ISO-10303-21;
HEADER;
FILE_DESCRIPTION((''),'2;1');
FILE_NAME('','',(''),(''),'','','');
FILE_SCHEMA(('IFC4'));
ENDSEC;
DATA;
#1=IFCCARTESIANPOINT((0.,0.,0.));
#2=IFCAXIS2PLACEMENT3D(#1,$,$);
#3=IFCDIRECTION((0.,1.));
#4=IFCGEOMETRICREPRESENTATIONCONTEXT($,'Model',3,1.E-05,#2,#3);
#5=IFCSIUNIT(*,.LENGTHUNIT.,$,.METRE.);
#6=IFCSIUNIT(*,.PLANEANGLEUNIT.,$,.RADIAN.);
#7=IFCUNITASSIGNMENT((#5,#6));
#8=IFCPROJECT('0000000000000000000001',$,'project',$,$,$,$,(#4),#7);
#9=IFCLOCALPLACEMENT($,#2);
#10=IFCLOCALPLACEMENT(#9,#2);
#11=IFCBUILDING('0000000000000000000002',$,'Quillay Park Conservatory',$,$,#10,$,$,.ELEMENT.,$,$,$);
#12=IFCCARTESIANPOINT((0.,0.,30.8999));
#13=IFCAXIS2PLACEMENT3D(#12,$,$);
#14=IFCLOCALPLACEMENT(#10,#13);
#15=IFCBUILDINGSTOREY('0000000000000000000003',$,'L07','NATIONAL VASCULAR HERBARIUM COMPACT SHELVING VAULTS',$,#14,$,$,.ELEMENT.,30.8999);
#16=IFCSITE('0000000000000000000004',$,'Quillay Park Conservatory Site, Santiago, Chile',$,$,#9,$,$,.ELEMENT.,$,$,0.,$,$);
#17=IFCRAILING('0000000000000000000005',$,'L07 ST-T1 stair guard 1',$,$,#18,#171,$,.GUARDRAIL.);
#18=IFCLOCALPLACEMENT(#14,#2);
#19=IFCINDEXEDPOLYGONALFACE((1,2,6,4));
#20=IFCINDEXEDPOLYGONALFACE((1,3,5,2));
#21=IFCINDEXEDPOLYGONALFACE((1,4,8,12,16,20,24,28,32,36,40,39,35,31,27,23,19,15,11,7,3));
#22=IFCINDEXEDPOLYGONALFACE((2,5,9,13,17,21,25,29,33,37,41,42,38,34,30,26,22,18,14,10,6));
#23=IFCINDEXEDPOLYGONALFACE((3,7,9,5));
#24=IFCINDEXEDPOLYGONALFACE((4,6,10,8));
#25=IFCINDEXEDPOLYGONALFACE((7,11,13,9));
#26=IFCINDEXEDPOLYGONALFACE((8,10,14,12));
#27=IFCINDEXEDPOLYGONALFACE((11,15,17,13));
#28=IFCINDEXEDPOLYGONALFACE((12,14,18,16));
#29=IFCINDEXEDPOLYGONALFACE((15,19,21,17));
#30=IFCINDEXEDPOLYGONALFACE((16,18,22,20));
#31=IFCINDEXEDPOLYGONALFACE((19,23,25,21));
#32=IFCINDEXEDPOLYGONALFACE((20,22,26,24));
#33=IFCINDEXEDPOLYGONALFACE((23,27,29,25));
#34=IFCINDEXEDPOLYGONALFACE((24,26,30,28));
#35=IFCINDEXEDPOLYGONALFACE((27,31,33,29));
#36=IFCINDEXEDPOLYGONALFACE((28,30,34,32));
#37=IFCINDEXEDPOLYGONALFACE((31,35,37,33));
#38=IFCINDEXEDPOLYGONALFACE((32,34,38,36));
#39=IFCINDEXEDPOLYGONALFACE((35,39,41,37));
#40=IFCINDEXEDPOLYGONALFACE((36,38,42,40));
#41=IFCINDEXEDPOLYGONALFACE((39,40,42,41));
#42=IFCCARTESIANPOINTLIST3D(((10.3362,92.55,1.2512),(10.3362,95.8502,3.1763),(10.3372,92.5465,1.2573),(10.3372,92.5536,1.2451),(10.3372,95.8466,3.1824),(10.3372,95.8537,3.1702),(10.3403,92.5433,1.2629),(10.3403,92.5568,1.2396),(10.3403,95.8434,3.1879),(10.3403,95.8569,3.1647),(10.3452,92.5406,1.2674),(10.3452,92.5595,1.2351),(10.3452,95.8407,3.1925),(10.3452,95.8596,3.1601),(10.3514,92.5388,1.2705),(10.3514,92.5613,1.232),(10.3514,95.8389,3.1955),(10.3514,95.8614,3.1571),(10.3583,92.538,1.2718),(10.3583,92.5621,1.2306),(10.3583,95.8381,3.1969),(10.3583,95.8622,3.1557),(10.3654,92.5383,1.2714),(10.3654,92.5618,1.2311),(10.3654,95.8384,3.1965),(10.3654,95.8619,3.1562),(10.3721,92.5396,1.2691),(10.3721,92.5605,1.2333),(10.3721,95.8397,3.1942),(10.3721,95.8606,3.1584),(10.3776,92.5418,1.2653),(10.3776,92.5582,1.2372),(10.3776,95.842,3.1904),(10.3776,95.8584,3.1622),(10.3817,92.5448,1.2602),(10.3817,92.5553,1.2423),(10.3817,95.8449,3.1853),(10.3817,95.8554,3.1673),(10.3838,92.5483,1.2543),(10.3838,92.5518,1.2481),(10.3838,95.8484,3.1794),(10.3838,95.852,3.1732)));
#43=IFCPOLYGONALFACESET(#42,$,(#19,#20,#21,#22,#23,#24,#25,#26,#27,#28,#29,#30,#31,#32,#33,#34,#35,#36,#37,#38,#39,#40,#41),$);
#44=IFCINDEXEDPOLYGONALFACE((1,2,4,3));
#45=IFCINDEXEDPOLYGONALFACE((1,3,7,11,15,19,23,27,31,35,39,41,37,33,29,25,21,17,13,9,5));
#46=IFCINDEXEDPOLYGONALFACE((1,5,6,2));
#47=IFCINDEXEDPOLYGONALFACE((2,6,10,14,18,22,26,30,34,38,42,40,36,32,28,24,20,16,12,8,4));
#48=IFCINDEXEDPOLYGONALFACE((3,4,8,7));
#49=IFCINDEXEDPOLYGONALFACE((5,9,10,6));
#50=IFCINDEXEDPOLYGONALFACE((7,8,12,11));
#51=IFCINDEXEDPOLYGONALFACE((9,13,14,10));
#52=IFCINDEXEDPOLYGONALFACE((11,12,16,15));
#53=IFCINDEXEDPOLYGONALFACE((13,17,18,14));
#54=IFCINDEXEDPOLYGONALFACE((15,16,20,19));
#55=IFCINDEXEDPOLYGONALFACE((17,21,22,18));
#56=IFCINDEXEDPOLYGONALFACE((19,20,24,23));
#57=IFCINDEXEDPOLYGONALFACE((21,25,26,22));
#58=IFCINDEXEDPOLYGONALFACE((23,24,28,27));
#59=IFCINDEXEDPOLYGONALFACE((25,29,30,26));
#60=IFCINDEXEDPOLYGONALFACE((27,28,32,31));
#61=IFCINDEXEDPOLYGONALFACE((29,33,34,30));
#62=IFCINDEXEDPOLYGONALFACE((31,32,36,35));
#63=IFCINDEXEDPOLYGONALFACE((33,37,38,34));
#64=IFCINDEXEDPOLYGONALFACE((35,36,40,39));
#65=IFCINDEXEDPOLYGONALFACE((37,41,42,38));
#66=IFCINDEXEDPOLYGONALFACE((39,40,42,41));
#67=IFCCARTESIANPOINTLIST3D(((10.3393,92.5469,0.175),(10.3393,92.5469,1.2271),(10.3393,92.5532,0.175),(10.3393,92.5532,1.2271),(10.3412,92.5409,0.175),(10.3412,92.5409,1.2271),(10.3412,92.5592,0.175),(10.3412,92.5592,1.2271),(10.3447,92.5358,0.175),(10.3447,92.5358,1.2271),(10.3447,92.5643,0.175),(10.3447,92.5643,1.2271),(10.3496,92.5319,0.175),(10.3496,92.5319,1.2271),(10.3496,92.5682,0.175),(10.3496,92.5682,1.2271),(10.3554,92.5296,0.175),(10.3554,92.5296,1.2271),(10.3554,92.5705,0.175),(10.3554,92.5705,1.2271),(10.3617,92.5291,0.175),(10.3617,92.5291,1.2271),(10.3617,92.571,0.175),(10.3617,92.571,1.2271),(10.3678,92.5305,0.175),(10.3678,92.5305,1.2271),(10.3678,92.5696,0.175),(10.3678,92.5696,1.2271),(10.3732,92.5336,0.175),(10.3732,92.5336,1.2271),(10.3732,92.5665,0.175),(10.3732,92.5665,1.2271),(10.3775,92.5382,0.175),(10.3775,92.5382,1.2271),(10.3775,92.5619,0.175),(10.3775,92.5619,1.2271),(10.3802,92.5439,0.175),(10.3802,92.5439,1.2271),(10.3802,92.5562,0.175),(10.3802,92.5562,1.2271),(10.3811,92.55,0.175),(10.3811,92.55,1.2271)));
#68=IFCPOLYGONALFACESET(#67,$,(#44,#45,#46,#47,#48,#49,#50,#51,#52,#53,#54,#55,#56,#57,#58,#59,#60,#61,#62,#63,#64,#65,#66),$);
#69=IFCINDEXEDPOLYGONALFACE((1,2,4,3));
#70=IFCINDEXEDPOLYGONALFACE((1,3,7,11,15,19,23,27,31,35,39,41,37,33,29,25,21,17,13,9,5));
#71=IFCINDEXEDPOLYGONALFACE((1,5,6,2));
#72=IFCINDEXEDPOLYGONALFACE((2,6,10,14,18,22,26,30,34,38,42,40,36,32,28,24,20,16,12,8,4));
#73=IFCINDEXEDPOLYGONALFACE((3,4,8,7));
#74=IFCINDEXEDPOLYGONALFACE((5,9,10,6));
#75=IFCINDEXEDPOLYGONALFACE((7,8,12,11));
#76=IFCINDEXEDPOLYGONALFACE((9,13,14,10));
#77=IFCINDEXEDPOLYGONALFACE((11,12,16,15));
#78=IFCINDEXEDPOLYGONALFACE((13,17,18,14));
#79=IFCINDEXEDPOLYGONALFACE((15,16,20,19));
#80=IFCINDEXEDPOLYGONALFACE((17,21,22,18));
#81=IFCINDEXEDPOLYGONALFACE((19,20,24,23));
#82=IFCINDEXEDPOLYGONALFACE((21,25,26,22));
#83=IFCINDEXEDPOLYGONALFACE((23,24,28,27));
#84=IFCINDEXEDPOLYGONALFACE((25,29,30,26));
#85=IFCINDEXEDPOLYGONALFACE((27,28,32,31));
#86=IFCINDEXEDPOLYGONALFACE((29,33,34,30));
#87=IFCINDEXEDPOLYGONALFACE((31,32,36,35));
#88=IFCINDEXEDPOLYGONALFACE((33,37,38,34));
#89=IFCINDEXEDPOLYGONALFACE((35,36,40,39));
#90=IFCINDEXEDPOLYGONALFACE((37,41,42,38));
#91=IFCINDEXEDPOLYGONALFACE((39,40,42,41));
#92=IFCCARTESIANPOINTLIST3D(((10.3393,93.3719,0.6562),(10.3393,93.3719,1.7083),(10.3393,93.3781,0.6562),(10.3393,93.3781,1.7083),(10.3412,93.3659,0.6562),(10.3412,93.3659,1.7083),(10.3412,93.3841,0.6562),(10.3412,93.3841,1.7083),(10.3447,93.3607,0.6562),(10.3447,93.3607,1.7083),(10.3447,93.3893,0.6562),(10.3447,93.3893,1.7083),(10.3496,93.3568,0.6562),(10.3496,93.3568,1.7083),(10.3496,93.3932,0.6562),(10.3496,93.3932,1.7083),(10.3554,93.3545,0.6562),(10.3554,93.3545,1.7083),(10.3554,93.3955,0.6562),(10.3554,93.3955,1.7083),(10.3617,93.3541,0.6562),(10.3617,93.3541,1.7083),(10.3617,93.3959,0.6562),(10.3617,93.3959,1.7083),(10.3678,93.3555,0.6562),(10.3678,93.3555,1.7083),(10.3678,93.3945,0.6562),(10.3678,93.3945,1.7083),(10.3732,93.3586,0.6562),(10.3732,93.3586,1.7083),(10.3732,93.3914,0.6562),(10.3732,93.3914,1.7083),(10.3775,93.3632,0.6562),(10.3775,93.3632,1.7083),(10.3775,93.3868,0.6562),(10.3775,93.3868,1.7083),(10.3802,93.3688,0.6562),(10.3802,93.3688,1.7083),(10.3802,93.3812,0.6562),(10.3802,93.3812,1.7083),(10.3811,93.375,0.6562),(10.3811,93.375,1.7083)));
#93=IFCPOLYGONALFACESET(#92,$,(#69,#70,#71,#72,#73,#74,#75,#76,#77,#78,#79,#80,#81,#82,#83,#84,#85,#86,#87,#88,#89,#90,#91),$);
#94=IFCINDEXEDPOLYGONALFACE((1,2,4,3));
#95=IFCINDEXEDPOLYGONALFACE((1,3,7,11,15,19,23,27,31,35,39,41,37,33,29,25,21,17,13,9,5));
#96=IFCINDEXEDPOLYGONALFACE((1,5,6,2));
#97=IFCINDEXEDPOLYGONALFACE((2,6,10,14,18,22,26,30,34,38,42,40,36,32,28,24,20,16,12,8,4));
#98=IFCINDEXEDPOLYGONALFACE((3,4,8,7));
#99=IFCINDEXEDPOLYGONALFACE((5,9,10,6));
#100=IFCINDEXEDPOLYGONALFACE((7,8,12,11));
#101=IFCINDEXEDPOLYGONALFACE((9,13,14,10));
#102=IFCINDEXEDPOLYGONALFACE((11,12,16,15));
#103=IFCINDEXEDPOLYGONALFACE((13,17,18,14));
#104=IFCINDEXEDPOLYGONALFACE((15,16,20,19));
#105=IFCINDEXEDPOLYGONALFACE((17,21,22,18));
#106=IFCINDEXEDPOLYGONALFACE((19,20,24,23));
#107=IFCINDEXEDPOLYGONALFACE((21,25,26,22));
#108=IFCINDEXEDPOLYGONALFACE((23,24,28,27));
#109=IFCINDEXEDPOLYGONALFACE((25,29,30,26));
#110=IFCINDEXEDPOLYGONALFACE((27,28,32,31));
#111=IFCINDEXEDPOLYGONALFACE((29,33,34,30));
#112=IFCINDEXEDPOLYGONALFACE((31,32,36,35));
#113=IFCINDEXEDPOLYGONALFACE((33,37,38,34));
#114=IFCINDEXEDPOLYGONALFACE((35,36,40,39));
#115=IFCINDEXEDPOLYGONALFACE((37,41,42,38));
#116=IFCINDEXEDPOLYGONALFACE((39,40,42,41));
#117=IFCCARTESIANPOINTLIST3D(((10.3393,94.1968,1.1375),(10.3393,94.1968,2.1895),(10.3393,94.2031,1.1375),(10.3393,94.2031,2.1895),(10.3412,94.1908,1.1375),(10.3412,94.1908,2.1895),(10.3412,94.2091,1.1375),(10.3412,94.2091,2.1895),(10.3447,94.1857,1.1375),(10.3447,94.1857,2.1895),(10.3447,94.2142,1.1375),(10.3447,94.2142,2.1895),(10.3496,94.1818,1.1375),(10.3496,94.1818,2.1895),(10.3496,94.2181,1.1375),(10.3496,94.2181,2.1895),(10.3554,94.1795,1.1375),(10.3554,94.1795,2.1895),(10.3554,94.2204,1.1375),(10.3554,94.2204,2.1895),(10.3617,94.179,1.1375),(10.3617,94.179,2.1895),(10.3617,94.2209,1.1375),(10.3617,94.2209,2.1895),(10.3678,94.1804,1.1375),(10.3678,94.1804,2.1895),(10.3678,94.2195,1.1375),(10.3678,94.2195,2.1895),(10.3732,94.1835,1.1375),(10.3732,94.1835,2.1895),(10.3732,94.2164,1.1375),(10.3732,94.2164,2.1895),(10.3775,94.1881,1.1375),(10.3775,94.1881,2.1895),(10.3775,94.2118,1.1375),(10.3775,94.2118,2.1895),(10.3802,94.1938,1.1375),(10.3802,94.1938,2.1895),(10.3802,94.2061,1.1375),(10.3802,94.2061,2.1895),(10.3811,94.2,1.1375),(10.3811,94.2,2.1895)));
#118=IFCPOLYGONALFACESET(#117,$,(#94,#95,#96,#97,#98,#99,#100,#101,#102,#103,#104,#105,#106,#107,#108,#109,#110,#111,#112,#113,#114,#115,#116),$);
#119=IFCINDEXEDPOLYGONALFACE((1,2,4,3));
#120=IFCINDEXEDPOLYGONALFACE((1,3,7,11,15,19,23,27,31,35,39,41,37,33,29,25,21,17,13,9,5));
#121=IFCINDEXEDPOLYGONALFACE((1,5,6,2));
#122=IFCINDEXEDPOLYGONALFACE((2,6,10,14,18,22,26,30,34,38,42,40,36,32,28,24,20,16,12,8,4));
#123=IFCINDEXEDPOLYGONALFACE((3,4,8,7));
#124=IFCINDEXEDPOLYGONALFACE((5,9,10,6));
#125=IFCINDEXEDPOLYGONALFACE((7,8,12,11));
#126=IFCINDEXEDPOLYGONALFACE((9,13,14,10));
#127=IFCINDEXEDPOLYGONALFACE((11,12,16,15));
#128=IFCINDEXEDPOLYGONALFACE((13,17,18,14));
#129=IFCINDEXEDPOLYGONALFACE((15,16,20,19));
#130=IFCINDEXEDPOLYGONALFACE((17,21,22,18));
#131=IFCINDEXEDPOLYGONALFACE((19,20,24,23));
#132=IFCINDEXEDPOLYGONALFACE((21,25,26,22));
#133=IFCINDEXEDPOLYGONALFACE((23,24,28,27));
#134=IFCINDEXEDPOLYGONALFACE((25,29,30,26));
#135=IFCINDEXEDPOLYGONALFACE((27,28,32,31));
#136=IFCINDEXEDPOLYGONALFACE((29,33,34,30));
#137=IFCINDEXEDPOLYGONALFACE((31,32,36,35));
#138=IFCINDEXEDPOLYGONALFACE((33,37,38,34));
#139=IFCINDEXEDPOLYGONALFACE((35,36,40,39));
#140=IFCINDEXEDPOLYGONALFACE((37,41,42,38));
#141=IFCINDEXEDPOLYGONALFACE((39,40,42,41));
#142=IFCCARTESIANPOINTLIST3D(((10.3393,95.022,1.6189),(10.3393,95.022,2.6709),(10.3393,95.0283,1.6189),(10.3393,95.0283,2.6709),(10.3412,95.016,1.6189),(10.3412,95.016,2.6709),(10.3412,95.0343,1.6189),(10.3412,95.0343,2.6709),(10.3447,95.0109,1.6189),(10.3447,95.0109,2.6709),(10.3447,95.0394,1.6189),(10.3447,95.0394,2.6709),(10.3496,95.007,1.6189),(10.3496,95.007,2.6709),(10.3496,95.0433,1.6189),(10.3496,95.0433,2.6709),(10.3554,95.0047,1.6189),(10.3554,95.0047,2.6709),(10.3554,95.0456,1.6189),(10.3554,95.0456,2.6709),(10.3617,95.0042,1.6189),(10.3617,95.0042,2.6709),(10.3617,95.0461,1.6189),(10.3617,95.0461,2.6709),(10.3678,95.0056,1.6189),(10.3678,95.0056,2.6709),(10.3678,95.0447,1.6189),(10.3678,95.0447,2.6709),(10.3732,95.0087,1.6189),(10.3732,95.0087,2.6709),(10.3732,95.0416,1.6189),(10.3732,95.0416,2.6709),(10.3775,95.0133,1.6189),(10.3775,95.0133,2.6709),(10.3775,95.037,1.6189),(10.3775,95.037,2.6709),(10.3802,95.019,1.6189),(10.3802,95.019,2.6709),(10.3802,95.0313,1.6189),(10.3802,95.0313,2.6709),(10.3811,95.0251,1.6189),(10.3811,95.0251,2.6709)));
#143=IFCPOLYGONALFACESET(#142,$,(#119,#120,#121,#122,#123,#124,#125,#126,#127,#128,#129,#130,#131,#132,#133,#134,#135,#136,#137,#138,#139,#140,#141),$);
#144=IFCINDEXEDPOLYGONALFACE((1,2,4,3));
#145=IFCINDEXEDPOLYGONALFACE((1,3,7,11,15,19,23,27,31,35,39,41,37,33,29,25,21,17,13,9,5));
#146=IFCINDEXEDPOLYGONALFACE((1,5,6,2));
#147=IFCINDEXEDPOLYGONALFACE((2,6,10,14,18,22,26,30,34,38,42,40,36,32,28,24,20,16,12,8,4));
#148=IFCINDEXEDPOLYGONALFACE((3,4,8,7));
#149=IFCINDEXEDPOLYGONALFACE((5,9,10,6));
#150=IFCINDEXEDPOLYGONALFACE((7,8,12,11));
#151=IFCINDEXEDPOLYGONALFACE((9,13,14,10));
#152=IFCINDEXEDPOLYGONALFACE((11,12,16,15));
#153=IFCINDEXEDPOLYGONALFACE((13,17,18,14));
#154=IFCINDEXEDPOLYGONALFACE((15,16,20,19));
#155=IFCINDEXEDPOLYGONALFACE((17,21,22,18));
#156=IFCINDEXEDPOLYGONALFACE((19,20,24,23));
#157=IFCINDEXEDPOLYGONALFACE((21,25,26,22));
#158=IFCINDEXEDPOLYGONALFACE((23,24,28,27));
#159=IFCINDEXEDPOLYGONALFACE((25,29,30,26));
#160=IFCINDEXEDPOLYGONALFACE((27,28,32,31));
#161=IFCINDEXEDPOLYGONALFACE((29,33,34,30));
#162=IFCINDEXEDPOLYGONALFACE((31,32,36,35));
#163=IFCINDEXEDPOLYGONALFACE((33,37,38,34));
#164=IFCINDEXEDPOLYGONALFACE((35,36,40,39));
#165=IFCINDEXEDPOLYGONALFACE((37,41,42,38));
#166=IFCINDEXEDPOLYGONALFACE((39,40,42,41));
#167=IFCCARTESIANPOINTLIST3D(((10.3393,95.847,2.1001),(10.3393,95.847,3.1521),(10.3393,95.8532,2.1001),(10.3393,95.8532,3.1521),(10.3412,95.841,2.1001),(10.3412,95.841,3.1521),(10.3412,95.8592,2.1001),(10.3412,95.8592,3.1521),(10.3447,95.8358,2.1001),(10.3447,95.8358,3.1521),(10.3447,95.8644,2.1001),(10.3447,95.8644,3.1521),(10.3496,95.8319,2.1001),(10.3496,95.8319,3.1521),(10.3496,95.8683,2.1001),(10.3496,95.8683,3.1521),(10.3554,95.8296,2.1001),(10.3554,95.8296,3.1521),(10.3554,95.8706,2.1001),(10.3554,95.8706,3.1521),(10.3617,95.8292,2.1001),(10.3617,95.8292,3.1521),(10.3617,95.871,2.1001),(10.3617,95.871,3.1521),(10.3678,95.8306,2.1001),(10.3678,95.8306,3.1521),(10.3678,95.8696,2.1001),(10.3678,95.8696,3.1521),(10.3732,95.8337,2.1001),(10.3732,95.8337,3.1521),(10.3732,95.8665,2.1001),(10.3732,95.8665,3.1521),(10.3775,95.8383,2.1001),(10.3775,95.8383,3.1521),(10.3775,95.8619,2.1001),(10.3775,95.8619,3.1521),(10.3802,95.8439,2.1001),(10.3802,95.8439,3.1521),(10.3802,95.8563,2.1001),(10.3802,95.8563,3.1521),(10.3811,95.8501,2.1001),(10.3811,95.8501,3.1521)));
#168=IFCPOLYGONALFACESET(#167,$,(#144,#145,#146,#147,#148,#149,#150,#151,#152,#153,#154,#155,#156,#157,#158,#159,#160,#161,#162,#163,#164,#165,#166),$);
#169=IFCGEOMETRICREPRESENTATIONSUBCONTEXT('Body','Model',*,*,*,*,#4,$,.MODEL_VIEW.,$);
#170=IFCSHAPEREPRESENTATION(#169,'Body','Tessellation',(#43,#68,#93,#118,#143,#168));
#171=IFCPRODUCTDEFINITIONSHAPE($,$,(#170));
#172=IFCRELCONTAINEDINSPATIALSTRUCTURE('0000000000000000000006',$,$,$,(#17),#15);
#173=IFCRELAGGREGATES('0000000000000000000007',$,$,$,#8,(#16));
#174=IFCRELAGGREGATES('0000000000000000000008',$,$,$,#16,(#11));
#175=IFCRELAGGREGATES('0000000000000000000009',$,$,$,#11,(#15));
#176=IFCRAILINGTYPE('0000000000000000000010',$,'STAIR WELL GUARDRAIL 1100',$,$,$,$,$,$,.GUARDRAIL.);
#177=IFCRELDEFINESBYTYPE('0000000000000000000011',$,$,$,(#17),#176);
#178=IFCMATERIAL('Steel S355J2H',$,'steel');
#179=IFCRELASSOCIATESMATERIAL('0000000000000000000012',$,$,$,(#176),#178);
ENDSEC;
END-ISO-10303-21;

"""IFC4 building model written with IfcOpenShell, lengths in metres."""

from ifc_helpers import new_model, si_unit, direction, frame, origin, origin_2d, place, context, subcontext, project, spatial, circle, extrude, material, type_object, element, save


model = new_model("IFC4")

# Units and contexts
model_context = context("Model", 3, precision=1e-05, world=origin(), true_north=direction((0.0, 1.0)))
body_context = subcontext(model_context, "Body", "Model", "MODEL_VIEW")
ifc_project = project(units=[si_unit("LENGTHUNIT", "METRE"), si_unit("PLANEANGLEUNIT", "RADIAN")], contexts=[model_context])

# Site, building, storey
site_placement = place(None, origin())
site = spatial("IfcSite", under=ifc_project, at=site_placement, Name="Quillay Park Conservatory Site, Santiago, Chile", CompositionType="ELEMENT", RefElevation=0.0)
building_placement = place(site_placement, origin())
building = spatial("IfcBuilding", under=site, at=building_placement, Name="Quillay Park Conservatory", CompositionType="ELEMENT")
storey_placement = place(building_placement, frame((0.0, 0.0, 30.8999)))
storey = spatial("IfcBuildingStorey", under=building, at=storey_placement, Name="L07", Description="NATIONAL VASCULAR HERBARIUM COMPACT SHELVING VAULTS", CompositionType="ELEMENT", Elevation=30.8999)

# Railing
ifc_material_1 = material(Name="Steel S355J2H", Category="steel")
railing_type_1 = type_object("IfcRailingType", Name="STAIR WELL GUARDRAIL 1100", PredefinedType="GUARDRAIL", material=ifc_material_1)
railing_1_placement = place(storey_placement, frame((10.3601, 92.55, 0.175)))
element("IfcRailing", 1, at=railing_1_placement, inside=storey, type_object=railing_type_1, Name="L07 ST-T1 stair guard 1", PredefinedType="GUARDRAIL", context=body_context, shape_type="SweptSolid", body=[
    extrude(circle(Radius=0.0239, at=origin_2d()), frame((0.0, 0.0, 1.0762), z_axis=(0.0, 0.863777, 0.503875), x_axis=(-1.0, 0.0, 0.0)), (0.0, 0.0, 1.0), 3.8206),
    extrude(circle(Radius=0.021, at=origin_2d()), origin(), (0.0, 0.0, 1.0), 1.052),
    extrude(circle(Radius=0.021, at=origin_2d()), frame((0.0, 0.825, 0.4812)), (0.0, 0.0, 1.0), 1.052),
    extrude(circle(Radius=0.021, at=origin_2d()), frame((0.0, 1.6499, 0.9624)), (0.0, 0.0, 1.0), 1.052),
    extrude(circle(Radius=0.021, at=origin_2d()), frame((0.0, 2.4751, 1.4438)), (0.0, 0.0, 1.0), 1.052),
    extrude(circle(Radius=0.021, at=origin_2d()), frame((0.0, 3.3, 1.925)), (0.0, 0.0, 1.0), 1.052),
])

save(model, "model.ifc")
